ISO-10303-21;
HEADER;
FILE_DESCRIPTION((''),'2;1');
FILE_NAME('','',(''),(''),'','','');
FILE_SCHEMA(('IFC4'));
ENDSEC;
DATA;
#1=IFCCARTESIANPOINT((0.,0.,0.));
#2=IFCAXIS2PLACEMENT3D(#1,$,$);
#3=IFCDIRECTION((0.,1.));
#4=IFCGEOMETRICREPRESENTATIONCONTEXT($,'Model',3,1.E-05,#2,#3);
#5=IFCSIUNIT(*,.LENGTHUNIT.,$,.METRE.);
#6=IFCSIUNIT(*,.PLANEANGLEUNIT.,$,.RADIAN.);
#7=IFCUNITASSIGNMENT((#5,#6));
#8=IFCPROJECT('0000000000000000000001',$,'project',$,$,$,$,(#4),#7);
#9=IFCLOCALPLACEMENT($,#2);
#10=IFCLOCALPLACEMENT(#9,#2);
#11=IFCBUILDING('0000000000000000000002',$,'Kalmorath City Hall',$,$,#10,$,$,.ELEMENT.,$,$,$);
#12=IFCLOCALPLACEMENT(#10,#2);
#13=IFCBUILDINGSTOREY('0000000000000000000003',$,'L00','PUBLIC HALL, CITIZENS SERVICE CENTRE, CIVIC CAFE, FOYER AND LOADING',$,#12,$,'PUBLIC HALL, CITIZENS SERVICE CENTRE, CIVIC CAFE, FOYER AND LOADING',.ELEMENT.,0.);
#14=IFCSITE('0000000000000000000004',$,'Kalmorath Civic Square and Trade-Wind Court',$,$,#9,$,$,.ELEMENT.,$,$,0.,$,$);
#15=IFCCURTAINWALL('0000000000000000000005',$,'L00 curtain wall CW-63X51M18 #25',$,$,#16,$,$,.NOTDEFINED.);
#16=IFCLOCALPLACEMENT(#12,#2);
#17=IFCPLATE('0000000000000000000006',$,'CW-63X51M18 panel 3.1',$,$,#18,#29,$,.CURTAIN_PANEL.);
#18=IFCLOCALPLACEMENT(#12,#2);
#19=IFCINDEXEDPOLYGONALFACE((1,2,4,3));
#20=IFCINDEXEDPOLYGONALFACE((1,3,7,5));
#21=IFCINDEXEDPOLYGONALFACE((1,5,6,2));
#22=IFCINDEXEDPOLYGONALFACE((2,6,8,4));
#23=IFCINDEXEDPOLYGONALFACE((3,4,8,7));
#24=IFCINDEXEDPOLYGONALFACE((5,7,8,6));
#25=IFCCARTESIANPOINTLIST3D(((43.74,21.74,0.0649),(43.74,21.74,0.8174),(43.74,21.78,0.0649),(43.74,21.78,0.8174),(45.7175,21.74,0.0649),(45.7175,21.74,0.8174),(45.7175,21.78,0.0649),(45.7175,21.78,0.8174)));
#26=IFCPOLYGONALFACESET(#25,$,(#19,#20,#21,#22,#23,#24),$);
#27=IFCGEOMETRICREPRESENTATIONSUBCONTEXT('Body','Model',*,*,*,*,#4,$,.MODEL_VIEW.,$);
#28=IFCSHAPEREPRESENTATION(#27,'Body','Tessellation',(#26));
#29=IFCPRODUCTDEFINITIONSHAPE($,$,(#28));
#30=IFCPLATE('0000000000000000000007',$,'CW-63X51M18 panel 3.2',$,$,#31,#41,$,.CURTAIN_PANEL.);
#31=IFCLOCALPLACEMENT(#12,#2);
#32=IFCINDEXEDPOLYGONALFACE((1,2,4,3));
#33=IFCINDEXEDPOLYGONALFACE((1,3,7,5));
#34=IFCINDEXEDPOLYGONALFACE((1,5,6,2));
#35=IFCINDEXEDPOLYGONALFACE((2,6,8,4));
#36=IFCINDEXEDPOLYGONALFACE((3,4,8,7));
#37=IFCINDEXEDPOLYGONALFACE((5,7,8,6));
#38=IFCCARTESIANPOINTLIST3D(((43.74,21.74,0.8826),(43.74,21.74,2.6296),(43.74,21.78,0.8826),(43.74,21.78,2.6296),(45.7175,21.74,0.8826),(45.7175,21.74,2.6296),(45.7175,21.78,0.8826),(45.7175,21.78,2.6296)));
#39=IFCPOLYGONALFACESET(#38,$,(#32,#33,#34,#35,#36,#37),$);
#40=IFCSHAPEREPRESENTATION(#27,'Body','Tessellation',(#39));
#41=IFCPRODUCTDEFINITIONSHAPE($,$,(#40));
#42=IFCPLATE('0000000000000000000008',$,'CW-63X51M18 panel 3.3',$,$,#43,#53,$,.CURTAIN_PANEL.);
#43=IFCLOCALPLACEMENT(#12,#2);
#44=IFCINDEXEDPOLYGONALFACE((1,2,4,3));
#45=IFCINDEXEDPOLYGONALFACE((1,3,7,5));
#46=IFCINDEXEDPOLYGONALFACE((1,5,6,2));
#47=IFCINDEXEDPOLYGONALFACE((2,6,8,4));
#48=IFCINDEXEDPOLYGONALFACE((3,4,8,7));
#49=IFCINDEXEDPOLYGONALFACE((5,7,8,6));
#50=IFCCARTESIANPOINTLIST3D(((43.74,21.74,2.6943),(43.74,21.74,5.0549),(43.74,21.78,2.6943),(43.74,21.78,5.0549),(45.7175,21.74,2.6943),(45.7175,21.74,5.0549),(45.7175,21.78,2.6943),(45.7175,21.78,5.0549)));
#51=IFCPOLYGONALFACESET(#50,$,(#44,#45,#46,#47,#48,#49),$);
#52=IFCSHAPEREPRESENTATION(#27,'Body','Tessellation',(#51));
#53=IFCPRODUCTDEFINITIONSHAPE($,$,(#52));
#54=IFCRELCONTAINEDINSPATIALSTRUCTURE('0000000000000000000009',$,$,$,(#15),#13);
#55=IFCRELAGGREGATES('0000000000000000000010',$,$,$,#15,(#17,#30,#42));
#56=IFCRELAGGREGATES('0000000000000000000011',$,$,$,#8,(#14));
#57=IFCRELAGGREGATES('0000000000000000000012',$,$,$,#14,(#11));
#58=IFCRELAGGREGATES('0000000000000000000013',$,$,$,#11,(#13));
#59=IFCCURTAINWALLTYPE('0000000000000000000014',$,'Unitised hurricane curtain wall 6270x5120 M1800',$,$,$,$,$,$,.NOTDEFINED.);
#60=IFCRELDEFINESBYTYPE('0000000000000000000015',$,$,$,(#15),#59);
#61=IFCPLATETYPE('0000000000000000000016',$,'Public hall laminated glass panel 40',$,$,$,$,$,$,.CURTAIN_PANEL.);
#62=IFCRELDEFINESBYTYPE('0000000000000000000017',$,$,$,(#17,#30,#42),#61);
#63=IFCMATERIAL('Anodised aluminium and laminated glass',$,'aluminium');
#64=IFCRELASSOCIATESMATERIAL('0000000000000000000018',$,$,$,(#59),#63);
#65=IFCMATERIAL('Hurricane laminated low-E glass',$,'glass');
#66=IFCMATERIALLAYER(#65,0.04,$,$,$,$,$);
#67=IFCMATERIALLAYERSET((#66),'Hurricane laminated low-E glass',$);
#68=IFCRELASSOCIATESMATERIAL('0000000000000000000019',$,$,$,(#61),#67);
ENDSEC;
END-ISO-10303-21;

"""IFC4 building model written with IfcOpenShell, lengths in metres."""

from ifc_helpers import new_model, si_unit, direction, frame, origin, origin_2d, place, context, subcontext, project, spatial, rectangle, extrude, material, layer, layer_set, type_object, element, aggregate, save


model = new_model("IFC4")

# Units and contexts
model_context = context("Model", 3, precision=1e-05, world=origin(), true_north=direction((0.0, 1.0)))
body_context = subcontext(model_context, "Body", "Model", "MODEL_VIEW")
ifc_project = project(units=[si_unit("LENGTHUNIT", "METRE"), si_unit("PLANEANGLEUNIT", "RADIAN")], contexts=[model_context])

# Site, building, storey
site_placement = place(None, origin())
site = spatial("IfcSite", under=ifc_project, at=site_placement, Name="Kalmorath Civic Square and Trade-Wind Court", CompositionType="ELEMENT", RefElevation=0.0)
building_placement = place(site_placement, origin())
building = spatial("IfcBuilding", under=site, at=building_placement, Name="Kalmorath City Hall", CompositionType="ELEMENT")
storey_placement = place(building_placement, origin())
storey = spatial("IfcBuildingStorey", under=building, at=storey_placement, Name="L00", Description="PUBLIC HALL, CITIZENS SERVICE CENTRE, CIVIC CAFE, FOYER AND LOADING", LongName="PUBLIC HALL, CITIZENS SERVICE CENTRE, CIVIC CAFE, FOYER AND LOADING", CompositionType="ELEMENT", Elevation=0.0)

# Curtain wall
ifc_material_1 = material(Name="Anodised aluminium and laminated glass", Category="aluminium")
curtain_wall_type = type_object("IfcCurtainWallType", Name="Unitised hurricane curtain wall 6270x5120 M1800", PredefinedType="NOTDEFINED", material=ifc_material_1)
curtain_wall_placement = place(storey_placement, origin())
curtain_wall = element("IfcCurtainWall", 1, at=curtain_wall_placement, inside=storey, type_object=curtain_wall_type, Name="L00 curtain wall CW-63X51M18 #25", PredefinedType="NOTDEFINED")

# Plates
ifc_material_2 = material(Name="Hurricane laminated low-E glass", Category="glass")
ifc_layer = layer(ifc_material_2, 0.04)
ifc_layer_set = layer_set([ifc_layer], Name="Hurricane laminated low-E glass")
plate_type = type_object("IfcPlateType", Name="Public hall laminated glass panel 40", PredefinedType="CURTAIN_PANEL", material=ifc_layer_set)
plate_1_placement = place(storey_placement, frame((44.7288, 21.76, 0.0649), z_axis=(0.0, 0.0, 1.0), x_axis=(-1.0, 0.0, 0.0)))
plate_1 = element("IfcPlate", 2, at=plate_1_placement, type_object=plate_type, Name="CW-63X51M18 panel 3.1", PredefinedType="CURTAIN_PANEL", context=body_context, shape_type="SweptSolid", body=[
    extrude(rectangle(XDim=1.9775, YDim=0.04, at=origin_2d()), origin(), (0.0, 0.0, 1.0), 0.7524),
])
plate_2_placement = place(storey_placement, frame((44.7288, 21.76, 0.8826), z_axis=(0.0, 0.0, 1.0), x_axis=(-1.0, 0.0, 0.0)))
plate_2 = element("IfcPlate", 3, at=plate_2_placement, type_object=plate_type, Name="CW-63X51M18 panel 3.2", PredefinedType="CURTAIN_PANEL", context=body_context, shape_type="SweptSolid", body=[
    extrude(rectangle(XDim=1.9775, YDim=0.04, at=origin_2d()), origin(), (0.0, 0.0, 1.0), 1.7471),
])
plate_3_placement = place(storey_placement, frame((44.7288, 21.76, 2.6943), z_axis=(0.0, 0.0, 1.0), x_axis=(-1.0, 0.0, 0.0)))
plate_3 = element("IfcPlate", 4, at=plate_3_placement, type_object=plate_type, Name="CW-63X51M18 panel 3.3", PredefinedType="CURTAIN_PANEL", context=body_context, shape_type="SweptSolid", body=[
    extrude(rectangle(XDim=1.9775, YDim=0.04, at=origin_2d()), origin(), (0.0, 0.0, 1.0), 2.3606),
])
aggregate(curtain_wall, [plate_1, plate_2, plate_3])

save(model, "model.ifc")
